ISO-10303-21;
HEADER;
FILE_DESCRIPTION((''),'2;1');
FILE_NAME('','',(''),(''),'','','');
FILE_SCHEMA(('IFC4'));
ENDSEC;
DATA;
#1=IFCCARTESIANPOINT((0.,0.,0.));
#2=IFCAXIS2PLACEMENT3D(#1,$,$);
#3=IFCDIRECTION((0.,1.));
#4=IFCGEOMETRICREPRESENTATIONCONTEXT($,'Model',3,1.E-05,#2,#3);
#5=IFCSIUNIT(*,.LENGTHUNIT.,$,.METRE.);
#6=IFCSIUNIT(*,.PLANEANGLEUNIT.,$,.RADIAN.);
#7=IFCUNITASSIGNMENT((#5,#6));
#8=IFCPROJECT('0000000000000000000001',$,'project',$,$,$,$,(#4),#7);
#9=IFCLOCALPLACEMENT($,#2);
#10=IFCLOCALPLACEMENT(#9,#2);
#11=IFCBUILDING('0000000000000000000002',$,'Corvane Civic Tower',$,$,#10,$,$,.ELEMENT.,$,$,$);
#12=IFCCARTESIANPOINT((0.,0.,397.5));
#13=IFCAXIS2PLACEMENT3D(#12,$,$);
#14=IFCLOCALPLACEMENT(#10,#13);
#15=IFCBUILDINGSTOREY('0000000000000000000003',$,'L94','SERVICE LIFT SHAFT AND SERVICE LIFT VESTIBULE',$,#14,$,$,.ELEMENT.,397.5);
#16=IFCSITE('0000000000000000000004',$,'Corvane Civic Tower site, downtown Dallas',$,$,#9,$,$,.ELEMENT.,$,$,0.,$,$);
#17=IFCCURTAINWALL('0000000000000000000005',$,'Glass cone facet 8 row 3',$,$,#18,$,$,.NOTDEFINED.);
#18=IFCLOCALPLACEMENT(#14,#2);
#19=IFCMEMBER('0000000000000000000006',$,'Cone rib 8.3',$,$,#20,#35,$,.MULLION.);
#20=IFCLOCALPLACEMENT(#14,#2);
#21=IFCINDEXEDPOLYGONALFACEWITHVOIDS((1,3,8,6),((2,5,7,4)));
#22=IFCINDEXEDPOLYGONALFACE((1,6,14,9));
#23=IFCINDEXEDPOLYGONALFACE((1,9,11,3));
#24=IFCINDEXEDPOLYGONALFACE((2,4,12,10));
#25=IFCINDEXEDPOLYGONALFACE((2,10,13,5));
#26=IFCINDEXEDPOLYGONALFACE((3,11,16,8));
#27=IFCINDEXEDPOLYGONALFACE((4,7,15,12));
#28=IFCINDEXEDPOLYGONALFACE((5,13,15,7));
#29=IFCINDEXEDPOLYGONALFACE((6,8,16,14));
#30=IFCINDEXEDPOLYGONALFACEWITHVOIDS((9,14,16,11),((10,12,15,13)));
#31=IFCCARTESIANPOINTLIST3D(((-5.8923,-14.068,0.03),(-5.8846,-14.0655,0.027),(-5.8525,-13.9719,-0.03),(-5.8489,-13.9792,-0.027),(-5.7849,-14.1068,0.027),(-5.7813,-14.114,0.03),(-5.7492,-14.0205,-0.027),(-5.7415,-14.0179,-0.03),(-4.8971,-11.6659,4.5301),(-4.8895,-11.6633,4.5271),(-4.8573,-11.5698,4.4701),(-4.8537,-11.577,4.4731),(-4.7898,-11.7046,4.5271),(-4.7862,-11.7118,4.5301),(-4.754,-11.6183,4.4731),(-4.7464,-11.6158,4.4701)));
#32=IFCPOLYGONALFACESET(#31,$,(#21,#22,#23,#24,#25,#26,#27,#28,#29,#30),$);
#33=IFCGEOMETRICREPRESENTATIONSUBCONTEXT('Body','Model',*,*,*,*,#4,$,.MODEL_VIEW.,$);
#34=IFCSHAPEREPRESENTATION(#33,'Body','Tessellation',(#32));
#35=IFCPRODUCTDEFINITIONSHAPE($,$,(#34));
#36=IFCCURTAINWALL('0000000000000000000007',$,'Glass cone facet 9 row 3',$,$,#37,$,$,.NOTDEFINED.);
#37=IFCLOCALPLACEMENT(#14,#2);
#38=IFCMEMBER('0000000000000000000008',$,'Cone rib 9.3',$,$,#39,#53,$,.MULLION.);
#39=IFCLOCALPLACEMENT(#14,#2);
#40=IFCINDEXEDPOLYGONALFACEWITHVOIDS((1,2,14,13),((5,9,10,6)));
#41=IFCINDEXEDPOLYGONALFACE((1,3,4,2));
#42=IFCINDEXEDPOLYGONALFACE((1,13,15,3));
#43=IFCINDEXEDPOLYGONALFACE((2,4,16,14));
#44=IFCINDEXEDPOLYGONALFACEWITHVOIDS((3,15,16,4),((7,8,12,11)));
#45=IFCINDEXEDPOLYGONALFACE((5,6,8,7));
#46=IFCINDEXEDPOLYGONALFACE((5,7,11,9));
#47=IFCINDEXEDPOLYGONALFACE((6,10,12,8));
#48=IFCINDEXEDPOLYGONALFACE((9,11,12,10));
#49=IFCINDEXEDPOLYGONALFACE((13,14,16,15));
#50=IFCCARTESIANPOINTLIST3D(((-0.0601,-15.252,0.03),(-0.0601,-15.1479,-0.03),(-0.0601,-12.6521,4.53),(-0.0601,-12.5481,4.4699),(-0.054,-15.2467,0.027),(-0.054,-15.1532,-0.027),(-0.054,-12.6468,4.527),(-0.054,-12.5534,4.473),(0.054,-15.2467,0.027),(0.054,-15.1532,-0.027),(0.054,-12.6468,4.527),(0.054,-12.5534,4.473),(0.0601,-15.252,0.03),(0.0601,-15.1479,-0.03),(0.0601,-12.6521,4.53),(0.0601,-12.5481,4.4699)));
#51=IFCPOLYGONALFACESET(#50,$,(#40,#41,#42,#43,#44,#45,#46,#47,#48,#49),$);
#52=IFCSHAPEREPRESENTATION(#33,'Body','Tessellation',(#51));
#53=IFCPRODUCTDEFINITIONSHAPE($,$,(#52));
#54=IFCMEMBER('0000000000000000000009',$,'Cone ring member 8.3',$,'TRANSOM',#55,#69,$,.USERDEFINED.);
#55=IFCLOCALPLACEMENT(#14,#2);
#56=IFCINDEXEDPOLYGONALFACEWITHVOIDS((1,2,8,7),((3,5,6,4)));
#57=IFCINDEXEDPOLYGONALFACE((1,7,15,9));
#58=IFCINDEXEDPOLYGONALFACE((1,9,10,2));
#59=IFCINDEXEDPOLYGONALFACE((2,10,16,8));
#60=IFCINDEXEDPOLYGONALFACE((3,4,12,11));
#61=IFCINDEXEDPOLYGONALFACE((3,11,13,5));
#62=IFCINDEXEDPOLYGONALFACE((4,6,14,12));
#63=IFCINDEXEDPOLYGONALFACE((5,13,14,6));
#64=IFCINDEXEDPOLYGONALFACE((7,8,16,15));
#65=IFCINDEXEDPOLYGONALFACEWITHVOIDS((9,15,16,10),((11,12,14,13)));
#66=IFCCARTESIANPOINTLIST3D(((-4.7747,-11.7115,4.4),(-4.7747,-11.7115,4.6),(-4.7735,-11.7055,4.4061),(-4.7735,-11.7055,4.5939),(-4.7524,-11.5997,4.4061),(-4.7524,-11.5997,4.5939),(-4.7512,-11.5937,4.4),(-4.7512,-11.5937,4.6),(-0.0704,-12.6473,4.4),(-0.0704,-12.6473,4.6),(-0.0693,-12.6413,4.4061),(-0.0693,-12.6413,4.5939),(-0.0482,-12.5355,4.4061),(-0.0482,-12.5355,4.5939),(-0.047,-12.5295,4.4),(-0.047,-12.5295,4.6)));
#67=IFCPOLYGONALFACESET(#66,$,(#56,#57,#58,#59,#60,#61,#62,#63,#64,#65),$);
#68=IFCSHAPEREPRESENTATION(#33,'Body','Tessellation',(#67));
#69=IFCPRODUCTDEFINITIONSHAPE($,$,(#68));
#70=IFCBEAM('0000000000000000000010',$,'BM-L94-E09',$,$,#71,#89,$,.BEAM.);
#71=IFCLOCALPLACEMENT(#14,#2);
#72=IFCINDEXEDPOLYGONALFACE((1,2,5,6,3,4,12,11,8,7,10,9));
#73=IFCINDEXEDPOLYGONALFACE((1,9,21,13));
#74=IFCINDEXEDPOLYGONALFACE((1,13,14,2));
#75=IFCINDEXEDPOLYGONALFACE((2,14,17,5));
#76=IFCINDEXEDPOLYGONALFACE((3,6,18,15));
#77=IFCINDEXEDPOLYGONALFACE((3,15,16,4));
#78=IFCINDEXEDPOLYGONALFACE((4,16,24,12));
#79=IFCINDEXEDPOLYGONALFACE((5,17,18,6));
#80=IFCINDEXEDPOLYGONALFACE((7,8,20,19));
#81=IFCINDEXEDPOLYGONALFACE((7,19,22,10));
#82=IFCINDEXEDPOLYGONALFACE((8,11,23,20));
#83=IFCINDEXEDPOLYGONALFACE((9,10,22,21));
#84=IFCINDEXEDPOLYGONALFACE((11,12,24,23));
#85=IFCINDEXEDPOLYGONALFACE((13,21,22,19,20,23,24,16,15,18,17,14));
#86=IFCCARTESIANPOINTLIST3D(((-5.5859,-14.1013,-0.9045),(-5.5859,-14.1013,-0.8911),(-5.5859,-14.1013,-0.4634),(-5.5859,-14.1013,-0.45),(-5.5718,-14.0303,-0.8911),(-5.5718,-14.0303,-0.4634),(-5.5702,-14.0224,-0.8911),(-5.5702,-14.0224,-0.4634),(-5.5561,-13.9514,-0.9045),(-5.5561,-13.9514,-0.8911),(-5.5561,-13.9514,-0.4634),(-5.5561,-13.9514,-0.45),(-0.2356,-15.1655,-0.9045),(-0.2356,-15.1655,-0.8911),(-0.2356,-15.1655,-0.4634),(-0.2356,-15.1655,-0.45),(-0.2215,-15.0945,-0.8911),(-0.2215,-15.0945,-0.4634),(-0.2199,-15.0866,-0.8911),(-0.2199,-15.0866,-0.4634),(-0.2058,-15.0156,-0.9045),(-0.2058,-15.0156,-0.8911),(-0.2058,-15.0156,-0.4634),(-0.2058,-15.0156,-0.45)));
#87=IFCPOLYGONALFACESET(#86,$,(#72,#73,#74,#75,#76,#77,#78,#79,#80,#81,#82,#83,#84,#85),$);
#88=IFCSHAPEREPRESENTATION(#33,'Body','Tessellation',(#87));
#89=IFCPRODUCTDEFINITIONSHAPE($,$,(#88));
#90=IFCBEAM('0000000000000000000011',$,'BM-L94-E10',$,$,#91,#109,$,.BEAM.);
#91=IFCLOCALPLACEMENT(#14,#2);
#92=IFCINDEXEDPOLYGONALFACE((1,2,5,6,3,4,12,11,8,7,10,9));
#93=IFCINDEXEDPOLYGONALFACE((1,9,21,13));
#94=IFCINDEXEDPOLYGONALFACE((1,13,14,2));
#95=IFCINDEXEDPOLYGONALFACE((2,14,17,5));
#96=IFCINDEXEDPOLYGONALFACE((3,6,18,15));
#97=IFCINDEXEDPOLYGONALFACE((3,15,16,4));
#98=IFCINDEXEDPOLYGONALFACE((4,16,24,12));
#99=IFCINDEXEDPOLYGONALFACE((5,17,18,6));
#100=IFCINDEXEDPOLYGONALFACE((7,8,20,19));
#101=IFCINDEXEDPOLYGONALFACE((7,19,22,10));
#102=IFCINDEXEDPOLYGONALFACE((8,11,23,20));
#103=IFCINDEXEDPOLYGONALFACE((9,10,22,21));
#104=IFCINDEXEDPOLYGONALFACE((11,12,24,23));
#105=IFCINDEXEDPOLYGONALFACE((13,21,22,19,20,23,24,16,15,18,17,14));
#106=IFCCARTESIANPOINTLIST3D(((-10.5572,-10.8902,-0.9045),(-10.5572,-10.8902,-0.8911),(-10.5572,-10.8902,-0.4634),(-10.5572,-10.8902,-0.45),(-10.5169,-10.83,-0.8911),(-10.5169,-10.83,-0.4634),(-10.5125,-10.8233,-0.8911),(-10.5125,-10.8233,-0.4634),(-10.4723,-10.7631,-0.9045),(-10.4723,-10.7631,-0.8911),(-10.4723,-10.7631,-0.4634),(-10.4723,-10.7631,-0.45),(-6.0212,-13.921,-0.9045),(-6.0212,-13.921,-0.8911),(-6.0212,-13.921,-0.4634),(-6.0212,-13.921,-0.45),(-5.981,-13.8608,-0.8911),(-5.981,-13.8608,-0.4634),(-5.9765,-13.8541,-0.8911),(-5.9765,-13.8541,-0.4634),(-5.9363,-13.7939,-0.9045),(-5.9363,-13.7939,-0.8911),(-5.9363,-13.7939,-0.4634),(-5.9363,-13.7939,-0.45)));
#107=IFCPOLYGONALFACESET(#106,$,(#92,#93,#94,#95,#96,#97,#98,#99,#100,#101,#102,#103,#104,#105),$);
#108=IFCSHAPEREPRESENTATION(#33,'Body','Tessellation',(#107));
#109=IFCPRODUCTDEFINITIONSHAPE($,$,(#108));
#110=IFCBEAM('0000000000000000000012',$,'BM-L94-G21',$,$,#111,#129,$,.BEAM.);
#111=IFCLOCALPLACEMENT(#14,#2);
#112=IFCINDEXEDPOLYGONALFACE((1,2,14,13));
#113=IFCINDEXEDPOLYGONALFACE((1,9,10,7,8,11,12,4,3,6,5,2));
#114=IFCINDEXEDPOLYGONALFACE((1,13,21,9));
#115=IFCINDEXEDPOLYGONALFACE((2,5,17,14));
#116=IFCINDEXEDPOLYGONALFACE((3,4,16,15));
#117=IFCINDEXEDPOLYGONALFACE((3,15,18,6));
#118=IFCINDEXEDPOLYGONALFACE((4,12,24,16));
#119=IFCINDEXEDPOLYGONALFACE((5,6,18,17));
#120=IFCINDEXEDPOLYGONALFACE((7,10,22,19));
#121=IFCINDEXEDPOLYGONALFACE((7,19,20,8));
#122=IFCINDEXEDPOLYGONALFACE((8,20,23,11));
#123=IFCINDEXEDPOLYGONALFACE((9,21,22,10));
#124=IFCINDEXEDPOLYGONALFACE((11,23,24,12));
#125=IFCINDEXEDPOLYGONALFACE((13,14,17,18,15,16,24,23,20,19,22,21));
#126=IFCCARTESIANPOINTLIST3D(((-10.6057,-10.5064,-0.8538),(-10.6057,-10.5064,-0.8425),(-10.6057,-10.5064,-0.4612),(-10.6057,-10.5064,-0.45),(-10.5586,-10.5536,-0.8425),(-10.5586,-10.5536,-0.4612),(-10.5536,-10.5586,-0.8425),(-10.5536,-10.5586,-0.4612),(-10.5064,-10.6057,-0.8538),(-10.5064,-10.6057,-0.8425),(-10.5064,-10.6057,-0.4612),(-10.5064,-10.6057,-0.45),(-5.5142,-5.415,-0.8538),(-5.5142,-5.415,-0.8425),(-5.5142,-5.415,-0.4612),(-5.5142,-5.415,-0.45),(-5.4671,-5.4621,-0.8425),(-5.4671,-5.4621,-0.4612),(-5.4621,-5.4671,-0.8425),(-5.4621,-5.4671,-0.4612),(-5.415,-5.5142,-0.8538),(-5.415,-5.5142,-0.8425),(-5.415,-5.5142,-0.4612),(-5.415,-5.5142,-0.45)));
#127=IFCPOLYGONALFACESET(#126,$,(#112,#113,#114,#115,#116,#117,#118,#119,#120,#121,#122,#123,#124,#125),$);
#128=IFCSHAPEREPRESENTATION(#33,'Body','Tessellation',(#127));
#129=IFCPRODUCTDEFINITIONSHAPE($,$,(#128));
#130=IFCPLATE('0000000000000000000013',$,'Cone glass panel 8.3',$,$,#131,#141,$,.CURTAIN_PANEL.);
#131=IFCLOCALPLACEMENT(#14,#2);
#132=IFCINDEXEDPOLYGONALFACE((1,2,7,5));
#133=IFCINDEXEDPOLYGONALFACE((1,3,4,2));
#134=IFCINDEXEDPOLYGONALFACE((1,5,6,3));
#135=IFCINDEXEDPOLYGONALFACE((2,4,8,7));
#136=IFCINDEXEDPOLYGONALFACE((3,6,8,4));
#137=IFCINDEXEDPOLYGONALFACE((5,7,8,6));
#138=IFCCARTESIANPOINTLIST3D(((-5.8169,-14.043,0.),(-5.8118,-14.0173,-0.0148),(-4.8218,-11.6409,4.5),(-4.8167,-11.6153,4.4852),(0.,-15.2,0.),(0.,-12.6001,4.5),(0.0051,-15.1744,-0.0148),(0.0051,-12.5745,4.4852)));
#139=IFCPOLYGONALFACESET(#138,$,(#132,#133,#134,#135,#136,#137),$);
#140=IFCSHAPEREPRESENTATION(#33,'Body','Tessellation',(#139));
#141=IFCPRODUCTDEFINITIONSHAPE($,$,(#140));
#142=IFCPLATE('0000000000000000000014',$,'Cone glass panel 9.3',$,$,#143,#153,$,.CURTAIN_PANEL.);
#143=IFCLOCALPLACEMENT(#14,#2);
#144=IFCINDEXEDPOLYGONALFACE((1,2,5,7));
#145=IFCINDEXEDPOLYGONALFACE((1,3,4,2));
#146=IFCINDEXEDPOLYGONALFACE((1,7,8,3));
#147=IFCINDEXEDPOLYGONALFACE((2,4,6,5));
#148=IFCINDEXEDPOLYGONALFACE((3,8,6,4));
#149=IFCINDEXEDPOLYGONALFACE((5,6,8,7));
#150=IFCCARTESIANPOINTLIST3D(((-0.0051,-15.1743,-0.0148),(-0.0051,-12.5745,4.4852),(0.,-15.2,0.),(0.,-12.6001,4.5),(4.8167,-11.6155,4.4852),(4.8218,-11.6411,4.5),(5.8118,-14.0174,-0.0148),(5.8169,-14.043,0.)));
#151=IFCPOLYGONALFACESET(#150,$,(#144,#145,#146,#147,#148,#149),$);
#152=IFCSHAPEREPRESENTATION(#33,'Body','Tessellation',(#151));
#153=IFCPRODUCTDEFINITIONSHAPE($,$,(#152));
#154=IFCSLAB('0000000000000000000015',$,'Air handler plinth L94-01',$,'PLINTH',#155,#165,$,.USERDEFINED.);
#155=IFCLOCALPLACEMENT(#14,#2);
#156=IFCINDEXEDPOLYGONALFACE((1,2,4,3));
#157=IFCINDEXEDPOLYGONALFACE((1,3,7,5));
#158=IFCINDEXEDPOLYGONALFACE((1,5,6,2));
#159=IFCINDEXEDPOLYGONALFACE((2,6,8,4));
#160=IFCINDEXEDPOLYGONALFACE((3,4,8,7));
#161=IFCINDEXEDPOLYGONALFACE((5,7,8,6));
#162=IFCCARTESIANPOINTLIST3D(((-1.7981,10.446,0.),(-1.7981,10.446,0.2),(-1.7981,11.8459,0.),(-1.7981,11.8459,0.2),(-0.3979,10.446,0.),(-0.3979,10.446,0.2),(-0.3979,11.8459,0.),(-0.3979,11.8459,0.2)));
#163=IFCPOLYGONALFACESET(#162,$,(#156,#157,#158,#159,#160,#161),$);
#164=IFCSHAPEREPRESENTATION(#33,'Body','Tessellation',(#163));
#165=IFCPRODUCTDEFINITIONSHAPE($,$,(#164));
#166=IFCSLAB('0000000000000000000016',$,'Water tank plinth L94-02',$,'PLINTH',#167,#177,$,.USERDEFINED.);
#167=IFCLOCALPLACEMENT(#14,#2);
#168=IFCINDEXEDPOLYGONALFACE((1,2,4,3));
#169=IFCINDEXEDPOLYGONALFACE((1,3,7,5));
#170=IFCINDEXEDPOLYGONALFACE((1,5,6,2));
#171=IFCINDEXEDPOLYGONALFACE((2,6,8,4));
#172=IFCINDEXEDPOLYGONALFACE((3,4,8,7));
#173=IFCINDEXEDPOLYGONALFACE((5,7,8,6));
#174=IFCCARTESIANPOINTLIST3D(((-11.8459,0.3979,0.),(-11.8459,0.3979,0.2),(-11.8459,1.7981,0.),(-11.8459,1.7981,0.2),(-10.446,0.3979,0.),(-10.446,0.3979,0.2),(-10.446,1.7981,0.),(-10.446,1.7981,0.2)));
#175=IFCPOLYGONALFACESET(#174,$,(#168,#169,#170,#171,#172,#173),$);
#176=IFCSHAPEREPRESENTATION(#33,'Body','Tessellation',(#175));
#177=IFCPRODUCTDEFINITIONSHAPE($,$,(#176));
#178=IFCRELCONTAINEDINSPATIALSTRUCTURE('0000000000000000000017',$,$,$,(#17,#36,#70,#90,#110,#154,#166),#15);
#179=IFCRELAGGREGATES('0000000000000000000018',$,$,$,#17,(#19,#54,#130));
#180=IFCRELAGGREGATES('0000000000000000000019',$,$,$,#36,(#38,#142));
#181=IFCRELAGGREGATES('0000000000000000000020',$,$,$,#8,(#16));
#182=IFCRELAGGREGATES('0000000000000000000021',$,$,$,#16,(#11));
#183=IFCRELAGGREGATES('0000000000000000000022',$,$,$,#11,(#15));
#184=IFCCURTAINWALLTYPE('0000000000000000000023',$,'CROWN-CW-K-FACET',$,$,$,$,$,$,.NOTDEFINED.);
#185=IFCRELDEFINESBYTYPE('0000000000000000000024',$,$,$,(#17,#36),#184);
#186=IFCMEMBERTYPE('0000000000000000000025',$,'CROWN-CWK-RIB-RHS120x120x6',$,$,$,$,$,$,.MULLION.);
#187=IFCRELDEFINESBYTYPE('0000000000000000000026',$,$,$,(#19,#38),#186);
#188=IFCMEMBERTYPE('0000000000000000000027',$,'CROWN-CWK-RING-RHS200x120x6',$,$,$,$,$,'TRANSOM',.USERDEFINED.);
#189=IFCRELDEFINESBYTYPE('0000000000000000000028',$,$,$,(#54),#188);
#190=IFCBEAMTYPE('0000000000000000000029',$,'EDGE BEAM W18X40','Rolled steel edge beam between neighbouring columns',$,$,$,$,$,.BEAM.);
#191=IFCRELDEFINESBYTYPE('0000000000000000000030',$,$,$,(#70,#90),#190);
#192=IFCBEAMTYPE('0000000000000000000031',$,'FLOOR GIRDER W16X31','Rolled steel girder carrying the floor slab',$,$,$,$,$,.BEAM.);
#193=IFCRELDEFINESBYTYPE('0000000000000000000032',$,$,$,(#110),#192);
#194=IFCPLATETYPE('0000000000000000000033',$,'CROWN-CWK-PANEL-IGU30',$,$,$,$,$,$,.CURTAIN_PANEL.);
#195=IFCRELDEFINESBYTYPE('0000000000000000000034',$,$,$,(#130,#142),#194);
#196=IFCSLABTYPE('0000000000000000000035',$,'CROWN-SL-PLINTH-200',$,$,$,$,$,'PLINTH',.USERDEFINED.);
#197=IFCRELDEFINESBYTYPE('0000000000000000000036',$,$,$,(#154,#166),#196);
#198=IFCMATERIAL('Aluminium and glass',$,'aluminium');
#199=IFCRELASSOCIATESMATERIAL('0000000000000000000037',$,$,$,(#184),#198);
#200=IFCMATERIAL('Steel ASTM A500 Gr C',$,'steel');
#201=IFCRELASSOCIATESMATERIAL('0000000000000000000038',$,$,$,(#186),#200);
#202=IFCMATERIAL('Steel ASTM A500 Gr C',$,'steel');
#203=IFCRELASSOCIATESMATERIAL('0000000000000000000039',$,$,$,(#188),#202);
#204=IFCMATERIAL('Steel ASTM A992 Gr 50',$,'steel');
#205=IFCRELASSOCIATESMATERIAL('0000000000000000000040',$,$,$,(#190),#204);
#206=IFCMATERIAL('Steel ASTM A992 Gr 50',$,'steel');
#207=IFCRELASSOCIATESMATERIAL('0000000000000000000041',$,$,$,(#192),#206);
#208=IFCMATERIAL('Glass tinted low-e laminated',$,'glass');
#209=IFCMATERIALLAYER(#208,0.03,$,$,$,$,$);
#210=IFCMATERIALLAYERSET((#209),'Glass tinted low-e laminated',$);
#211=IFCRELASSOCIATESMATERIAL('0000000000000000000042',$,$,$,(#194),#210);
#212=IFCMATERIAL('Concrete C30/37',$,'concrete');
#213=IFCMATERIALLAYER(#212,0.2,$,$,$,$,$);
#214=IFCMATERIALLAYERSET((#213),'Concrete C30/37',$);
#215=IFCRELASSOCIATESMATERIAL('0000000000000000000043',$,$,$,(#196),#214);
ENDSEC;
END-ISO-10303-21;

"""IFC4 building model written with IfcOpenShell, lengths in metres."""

from ifc_helpers import new_model, si_unit, direction, frame, origin, origin_2d, place, context, subcontext, project, spatial, polyline, hollow_rectangle, i_section, outline, extrude, material, layer, layer_set, material_profile, profile_set, type_object, element, aggregate, save


model = new_model("IFC4")

# Units and contexts
model_context = context("Model", 3, precision=1e-05, world=origin(), true_north=direction((0.0, 1.0)))
body_context = subcontext(model_context, "Body", "Model", "MODEL_VIEW")
ifc_project = project(units=[si_unit("LENGTHUNIT", "METRE"), si_unit("PLANEANGLEUNIT", "RADIAN")], contexts=[model_context])

# Site, building, storey
site_placement = place(None, origin())
site = spatial("IfcSite", under=ifc_project, at=site_placement, Name="Corvane Civic Tower site, downtown Dallas", CompositionType="ELEMENT", RefElevation=0.0)
building_placement = place(site_placement, origin())
building = spatial("IfcBuilding", under=site, at=building_placement, Name="Corvane Civic Tower", CompositionType="ELEMENT")
storey_placement = place(building_placement, frame((0.0, 0.0, 397.5)))
storey = spatial("IfcBuildingStorey", under=building, at=storey_placement, Name="L94", Description="SERVICE LIFT SHAFT AND SERVICE LIFT VESTIBULE", CompositionType="ELEMENT", Elevation=397.5)

# Shared definitions
ifc_material_1 = material(Name="Aluminium and glass", Category="aluminium")
curtain_wall_type = type_object("IfcCurtainWallType", Name="CROWN-CW-K-FACET", PredefinedType="NOTDEFINED", material=ifc_material_1)

# Curtain wall, member
curtain_wall_1_placement = place(storey_placement, origin())
curtain_wall_1 = element("IfcCurtainWall", 1, at=curtain_wall_1_placement, inside=storey, type_object=curtain_wall_type, Name="Glass cone facet 8 row 3", PredefinedType="NOTDEFINED")
ifc_material_2 = material(Name="Steel ASTM A500 Gr C", Category="steel")
ifc_material_profile_1 = material_profile(ifc_material_2, hollow_rectangle(XDim=0.1201, YDim=0.1201, WallThickness=0.0061, at=origin_2d()), Name="RHS 120x120x6")
ifc_profile_set_1 = profile_set([ifc_material_profile_1], Name="Steel ASTM A500 Gr C")
member_type_1 = type_object("IfcMemberType", Name="CROWN-CWK-RIB-RHS120x120x6", PredefinedType="MULLION", material=ifc_profile_set_1)
member_1_placement = place(storey_placement, frame((-5.8169, -14.043, 0.0), z_axis=(0.191474, 0.462196, 0.86586), x_axis=(-0.923861, 0.382728, 0.0)))
member_1 = element("IfcMember", 2, at=member_1_placement, type_object=member_type_1, Name="Cone rib 8.3", PredefinedType="MULLION", context=body_context, shape_type="SweptSolid", body=[
    extrude(hollow_rectangle(XDim=0.1201, YDim=0.1201, WallThickness=0.0061, at=origin_2d()), origin(), (0.0, 0.0, 1.0), 5.1973),
])

# Curtain wall, member
curtain_wall_2_placement = place(storey_placement, origin())
curtain_wall_2 = element("IfcCurtainWall", 3, at=curtain_wall_2_placement, inside=storey, type_object=curtain_wall_type, Name="Glass cone facet 9 row 3", PredefinedType="NOTDEFINED")
member_2_placement = place(storey_placement, frame((0.0, -15.2, 0.0), z_axis=(0.0, 0.500256, 0.865877), x_axis=(-1.0, 0.0, 0.0)))
member_2 = element("IfcMember", 4, at=member_2_placement, type_object=member_type_1, Name="Cone rib 9.3", PredefinedType="MULLION", context=body_context, shape_type="SweptSolid", body=[
    extrude(hollow_rectangle(XDim=0.1201, YDim=0.1201, WallThickness=0.0061, at=origin_2d()), origin(), (0.0, 0.0, 1.0), 5.197),
])

# Member
ifc_material_3 = material(Name="Steel ASTM A500 Gr C", Category="steel")
ifc_material_profile_2 = material_profile(ifc_material_3, hollow_rectangle(XDim=0.1201, YDim=0.2, WallThickness=0.0061, at=origin_2d()), Name="RHS 200x120x6")
ifc_profile_set_2 = profile_set([ifc_material_profile_2], Name="Steel ASTM A500 Gr C")
member_type_2 = type_object("IfcMemberType", Name="CROWN-CWK-RING-RHS200x120x6", ElementType="TRANSOM", PredefinedType="USERDEFINED", material=ifc_profile_set_2)
member_3_placement = place(storey_placement, frame((-4.7629, -11.6526, 4.5), z_axis=(0.980782, -0.195108, 0.0), x_axis=(0.195108, 0.980782, 0.0)))
member_3 = element("IfcMember", 5, at=member_3_placement, type_object=member_type_2, Name="Cone ring member 8.3", ObjectType="TRANSOM", PredefinedType="USERDEFINED", context=body_context, shape_type="SweptSolid", body=[
    extrude(hollow_rectangle(XDim=0.1201, YDim=0.2, WallThickness=0.0061, at=origin_2d()), origin(), (0.0, 0.0, 1.0), 4.7964),
])

# Beams
ifc_material_4 = material(Name="Steel ASTM A992 Gr 50", Category="steel")
ifc_material_profile_3 = material_profile(ifc_material_4, i_section(OverallWidth=0.1528, OverallDepth=0.4546, WebThickness=0.0081, FlangeThickness=0.0134, at=origin_2d()), Name="W18X40")
ifc_profile_set_3 = profile_set([ifc_material_profile_3], Name="Steel ASTM A992 Gr 50")
beam_type_1 = type_object("IfcBeamType", Name="EDGE BEAM W18X40", Description="Rolled steel edge beam between neighbouring columns", PredefinedType="BEAM", material=ifc_profile_set_3)
beam_1_placement = place(storey_placement, frame((-0.2207, -15.0906, -0.6772), z_axis=(-0.980787, 0.195083, 0.0), x_axis=(-0.195083, -0.980787, 0.0)))
element("IfcBeam", 6, at=beam_1_placement, inside=storey, type_object=beam_type_1, Name="BM-L94-E09", PredefinedType="BEAM", context=body_context, shape_type="SweptSolid", body=[
    extrude(i_section(OverallWidth=0.1528, OverallDepth=0.4546, WebThickness=0.0081, FlangeThickness=0.0134, at=origin_2d()), origin(), (0.0, 0.0, 1.0), 5.4551),
])
beam_2_placement = place(storey_placement, frame((-5.9788, -13.8574, -0.6772), z_axis=(-0.831471, 0.555567, 0.0), x_axis=(-0.555567, -0.831471, 0.0)))
element("IfcBeam", 7, at=beam_2_placement, inside=storey, type_object=beam_type_1, Name="BM-L94-E10", PredefinedType="BEAM", context=body_context, shape_type="SweptSolid", body=[
    extrude(i_section(OverallWidth=0.1528, OverallDepth=0.4546, WebThickness=0.0081, FlangeThickness=0.0134, at=origin_2d()), origin(), (0.0, 0.0, 1.0), 5.4553),
])
ifc_material_5 = material(Name="Steel ASTM A992 Gr 50", Category="steel")
ifc_material_profile_4 = material_profile(ifc_material_5, i_section(OverallWidth=0.1404, OverallDepth=0.4038, WebThickness=0.0071, FlangeThickness=0.0112, at=origin_2d()), Name="W16X31")
ifc_profile_set_4 = profile_set([ifc_material_profile_4], Name="Steel ASTM A992 Gr 50")
beam_type_2 = type_object("IfcBeamType", Name="FLOOR GIRDER W16X31", Description="Rolled steel girder carrying the floor slab", PredefinedType="BEAM", material=ifc_profile_set_4)
beam_3_placement = place(storey_placement, frame((-5.4646, -5.4646, -0.6519), z_axis=(-0.707107, -0.707107, 0.0), x_axis=(0.707107, -0.707107, 0.0)))
element("IfcBeam", 8, at=beam_3_placement, inside=storey, type_object=beam_type_2, Name="BM-L94-G21", PredefinedType="BEAM", context=body_context, shape_type="SweptSolid", body=[
    extrude(i_section(OverallWidth=0.1404, OverallDepth=0.4038, WebThickness=0.0071, FlangeThickness=0.0112, at=origin_2d()), origin(), (0.0, 0.0, 1.0), 7.2004),
])

# Plates
ifc_material_6 = material(Name="Glass tinted low-e laminated", Category="glass")
ifc_layer_1 = layer(ifc_material_6, 0.03)
ifc_layer_set_1 = layer_set([ifc_layer_1], Name="Glass tinted low-e laminated")
plate_type = type_object("IfcPlateType", Name="CROWN-CWK-PANEL-IGU30", PredefinedType="CURTAIN_PANEL", material=ifc_layer_set_1)
plate_1_placement = place(storey_placement, frame((-5.8169, -14.043, 0.0), z_axis=(-0.169737, -0.853305, 0.493011), x_axis=(0.980785, -0.195091, 0.000007)))
plate_1 = element("IfcPlate", 9, at=plate_1_placement, type_object=plate_type, Name="Cone glass panel 8.3", PredefinedType="CURTAIN_PANEL", context=body_context, shape_type="SweptSolid", body=[
    extrude(outline(polyline([(0.0, 0.0), (5.9308, 0.0), (5.4237, 5.1722), (0.5074, 5.1723), (0.0, 0.0)])), origin(), (0.0, 0.0, -1.0), 0.03),
])
aggregate(curtain_wall_1, [member_1, member_3, plate_1])
plate_2_placement = place(storey_placement, frame((0.0, -15.2, 0.0), z_axis=(0.16972, -0.853319, 0.492994), x_axis=(0.980788, 0.195074, 0.000003)))
plate_2 = element("IfcPlate", 10, at=plate_2_placement, type_object=plate_type, Name="Cone glass panel 9.3", PredefinedType="CURTAIN_PANEL", context=body_context, shape_type="SweptSolid", body=[
    extrude(outline(polyline([(0.0, 0.0), (5.9308, 0.0), (5.4234, 5.1722), (0.5072, 5.1722), (0.0, 0.0)])), origin(), (0.0, 0.0, -1.0), 0.03),
])
aggregate(curtain_wall_2, [member_2, plate_2])

# Slabs
ifc_material_7 = material(Name="Concrete C30/37", Category="concrete")
ifc_layer_2 = layer(ifc_material_7, 0.2)
ifc_layer_set_2 = layer_set([ifc_layer_2], Name="Concrete C30/37")
slab_type_1 = type_object("IfcSlabType", Name="CROWN-SL-PLINTH-200", ElementType="PLINTH", PredefinedType="USERDEFINED", material=ifc_layer_set_2)
slab_1_placement = place(storey_placement, origin())
element("IfcSlab", 11, at=slab_1_placement, inside=storey, type_object=slab_type_1, Name="Air handler plinth L94-01", ObjectType="PLINTH", PredefinedType="USERDEFINED", context=body_context, shape_type="SweptSolid", body=[
    extrude(outline(polyline([(-0.3979, 10.446), (-0.3979, 11.8459), (-1.7981, 11.8459), (-1.7981, 10.446), (-0.3979, 10.446)])), origin(), (0.0, 0.0, 1.0), 0.2),
])
slab_2_placement = place(storey_placement, origin())
element("IfcSlab", 12, at=slab_2_placement, inside=storey, type_object=slab_type_1, Name="Water tank plinth L94-02", ObjectType="PLINTH", PredefinedType="USERDEFINED", context=body_context, shape_type="SweptSolid", body=[
    extrude(outline(polyline([(-10.446, 0.3979), (-10.446, 1.7981), (-11.8459, 1.7981), (-11.8459, 0.3979), (-10.446, 0.3979)])), origin(), (0.0, 0.0, 1.0), 0.2),
])

save(model, "model.ifc")
